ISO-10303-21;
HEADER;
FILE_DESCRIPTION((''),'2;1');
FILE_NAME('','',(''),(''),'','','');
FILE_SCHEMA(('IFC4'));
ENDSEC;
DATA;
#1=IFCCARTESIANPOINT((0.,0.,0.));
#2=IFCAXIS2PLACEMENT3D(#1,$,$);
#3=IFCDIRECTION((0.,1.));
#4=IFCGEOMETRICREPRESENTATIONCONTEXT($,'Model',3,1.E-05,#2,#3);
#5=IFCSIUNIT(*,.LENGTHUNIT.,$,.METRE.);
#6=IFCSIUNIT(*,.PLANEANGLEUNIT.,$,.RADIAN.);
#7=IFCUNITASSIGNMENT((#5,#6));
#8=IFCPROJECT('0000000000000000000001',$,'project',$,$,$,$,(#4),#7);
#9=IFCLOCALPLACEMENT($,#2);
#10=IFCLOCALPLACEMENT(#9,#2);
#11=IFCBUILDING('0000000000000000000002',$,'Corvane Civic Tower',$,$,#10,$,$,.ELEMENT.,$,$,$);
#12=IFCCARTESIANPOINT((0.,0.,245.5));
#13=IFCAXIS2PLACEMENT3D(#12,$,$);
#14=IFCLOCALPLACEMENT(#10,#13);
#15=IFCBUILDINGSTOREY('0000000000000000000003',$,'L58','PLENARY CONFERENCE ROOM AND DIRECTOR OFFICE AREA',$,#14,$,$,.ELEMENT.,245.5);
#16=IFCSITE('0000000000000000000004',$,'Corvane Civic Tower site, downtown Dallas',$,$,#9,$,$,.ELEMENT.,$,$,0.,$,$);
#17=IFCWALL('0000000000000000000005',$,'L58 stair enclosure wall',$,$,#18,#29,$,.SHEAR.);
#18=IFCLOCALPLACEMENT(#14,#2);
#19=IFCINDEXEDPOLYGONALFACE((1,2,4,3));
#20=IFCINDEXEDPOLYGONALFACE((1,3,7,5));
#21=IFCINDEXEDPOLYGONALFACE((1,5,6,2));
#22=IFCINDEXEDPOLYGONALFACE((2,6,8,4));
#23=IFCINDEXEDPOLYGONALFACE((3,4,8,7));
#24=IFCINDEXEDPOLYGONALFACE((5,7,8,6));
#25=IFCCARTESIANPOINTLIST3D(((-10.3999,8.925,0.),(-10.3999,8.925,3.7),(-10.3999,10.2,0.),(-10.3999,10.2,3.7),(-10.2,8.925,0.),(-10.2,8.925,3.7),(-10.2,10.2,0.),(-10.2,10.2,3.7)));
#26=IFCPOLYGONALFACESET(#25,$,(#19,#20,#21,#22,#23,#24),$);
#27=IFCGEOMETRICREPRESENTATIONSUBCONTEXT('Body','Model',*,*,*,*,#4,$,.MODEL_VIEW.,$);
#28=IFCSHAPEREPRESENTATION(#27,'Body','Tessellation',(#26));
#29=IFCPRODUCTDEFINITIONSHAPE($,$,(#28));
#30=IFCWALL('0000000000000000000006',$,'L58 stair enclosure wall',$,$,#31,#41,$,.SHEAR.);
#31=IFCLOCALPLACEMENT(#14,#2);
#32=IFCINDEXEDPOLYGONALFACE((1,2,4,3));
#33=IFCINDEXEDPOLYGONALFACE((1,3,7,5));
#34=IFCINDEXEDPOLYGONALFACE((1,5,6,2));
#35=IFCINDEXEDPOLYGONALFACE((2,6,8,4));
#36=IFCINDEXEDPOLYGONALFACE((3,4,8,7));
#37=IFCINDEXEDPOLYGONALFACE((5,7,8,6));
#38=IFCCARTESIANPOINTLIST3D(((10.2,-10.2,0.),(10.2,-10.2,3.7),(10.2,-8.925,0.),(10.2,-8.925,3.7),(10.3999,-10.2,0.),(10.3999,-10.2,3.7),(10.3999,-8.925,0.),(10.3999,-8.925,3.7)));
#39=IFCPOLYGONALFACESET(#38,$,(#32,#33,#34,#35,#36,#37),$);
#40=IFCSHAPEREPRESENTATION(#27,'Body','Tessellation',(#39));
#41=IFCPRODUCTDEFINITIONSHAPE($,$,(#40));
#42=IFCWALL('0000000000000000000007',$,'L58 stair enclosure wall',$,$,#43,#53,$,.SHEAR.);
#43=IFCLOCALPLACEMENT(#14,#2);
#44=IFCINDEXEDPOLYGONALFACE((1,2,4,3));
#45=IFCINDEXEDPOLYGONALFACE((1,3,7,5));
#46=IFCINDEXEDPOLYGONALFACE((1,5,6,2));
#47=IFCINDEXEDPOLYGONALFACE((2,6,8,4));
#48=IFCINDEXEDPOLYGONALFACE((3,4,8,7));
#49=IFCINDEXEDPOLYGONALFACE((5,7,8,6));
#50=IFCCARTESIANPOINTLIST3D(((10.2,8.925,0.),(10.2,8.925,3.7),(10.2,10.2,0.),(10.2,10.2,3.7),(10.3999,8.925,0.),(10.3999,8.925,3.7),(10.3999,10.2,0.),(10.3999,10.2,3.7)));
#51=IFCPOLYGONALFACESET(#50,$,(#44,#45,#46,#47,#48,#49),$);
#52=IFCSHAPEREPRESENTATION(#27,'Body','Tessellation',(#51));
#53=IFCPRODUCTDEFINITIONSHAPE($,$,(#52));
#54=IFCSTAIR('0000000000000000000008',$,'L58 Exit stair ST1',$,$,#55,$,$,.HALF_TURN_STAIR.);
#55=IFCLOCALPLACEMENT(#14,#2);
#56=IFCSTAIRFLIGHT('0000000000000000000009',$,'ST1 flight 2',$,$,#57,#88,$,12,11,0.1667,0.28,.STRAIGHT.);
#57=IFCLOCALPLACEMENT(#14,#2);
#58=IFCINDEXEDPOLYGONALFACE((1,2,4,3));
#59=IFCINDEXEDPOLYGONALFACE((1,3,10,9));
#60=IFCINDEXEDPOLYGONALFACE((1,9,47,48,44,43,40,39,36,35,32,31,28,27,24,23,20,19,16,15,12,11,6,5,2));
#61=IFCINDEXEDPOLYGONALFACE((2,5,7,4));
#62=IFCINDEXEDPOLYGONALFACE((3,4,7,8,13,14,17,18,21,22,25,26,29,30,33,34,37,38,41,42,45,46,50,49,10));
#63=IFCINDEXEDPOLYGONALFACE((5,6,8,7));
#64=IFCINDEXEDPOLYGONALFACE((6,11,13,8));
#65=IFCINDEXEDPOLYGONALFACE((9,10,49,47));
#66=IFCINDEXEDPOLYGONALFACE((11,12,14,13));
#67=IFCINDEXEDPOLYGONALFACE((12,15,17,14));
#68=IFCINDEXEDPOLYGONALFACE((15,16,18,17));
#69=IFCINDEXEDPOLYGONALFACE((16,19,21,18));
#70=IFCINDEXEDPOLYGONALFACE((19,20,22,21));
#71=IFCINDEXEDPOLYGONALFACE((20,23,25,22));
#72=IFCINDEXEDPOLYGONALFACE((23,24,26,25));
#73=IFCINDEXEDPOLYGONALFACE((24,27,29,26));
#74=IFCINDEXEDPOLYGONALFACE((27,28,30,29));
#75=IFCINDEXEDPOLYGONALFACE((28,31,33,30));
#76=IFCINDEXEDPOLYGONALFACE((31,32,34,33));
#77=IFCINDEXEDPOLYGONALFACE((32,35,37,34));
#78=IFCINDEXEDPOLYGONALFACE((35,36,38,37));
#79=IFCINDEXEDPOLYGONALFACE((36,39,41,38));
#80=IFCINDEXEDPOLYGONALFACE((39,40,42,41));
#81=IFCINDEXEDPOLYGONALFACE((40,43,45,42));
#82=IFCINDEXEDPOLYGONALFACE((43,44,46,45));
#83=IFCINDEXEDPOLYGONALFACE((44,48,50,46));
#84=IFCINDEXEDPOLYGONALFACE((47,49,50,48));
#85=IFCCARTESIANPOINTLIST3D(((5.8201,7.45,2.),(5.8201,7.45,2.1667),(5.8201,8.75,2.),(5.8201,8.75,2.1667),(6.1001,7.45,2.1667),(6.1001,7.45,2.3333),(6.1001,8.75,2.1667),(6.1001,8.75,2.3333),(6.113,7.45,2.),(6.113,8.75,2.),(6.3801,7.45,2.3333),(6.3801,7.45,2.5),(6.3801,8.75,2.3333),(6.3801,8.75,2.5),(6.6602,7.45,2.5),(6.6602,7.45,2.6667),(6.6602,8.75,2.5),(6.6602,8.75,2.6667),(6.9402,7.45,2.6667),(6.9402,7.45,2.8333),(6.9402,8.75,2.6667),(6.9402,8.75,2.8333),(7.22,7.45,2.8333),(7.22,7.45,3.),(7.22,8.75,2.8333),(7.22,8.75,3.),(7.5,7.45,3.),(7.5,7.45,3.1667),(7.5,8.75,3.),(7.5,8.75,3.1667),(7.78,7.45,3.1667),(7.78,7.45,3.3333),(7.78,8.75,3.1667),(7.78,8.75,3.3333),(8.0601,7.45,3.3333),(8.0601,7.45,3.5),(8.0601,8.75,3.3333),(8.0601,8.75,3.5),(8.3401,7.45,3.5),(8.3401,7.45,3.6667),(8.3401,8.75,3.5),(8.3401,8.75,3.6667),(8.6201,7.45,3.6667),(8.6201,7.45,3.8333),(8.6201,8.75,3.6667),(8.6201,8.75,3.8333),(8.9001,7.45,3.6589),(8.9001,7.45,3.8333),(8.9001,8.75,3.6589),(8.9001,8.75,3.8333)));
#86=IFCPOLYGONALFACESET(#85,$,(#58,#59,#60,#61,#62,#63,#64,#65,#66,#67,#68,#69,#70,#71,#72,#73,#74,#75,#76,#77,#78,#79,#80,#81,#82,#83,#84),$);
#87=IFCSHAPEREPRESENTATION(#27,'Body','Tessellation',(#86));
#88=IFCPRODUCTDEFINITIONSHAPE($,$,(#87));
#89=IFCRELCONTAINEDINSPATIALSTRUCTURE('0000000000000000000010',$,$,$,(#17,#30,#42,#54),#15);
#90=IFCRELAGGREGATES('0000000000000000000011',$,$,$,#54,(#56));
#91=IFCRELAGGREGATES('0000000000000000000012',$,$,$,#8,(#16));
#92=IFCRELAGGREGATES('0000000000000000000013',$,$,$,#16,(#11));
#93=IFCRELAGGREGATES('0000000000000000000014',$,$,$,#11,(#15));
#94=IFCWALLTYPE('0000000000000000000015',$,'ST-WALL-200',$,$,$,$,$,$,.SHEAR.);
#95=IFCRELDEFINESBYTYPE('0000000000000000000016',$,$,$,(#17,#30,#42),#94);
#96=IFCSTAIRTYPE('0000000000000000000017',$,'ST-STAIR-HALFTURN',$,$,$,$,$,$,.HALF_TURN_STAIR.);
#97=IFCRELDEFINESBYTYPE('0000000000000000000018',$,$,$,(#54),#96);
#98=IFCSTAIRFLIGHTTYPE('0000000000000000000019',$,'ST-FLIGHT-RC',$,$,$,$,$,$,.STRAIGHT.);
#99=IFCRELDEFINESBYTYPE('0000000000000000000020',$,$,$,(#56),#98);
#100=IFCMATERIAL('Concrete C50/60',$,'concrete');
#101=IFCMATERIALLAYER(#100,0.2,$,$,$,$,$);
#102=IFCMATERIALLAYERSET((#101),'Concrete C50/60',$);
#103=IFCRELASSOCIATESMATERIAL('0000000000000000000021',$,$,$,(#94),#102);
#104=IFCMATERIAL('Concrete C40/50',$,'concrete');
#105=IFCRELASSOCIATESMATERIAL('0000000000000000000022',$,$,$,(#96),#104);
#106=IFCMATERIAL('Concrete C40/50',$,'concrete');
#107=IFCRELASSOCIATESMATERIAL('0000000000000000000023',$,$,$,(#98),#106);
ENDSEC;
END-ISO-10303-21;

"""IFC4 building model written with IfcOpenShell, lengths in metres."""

from ifc_helpers import new_model, si_unit, direction, frame, origin, place, context, subcontext, project, spatial, polyline, outline, extrude, material, layer, layer_set, type_object, element, aggregate, save


model = new_model("IFC4")

# Units and contexts
model_context = context("Model", 3, precision=1e-05, world=origin(), true_north=direction((0.0, 1.0)))
body_context = subcontext(model_context, "Body", "Model", "MODEL_VIEW")
ifc_project = project(units=[si_unit("LENGTHUNIT", "METRE"), si_unit("PLANEANGLEUNIT", "RADIAN")], contexts=[model_context])

# Site, building, storey
site_placement = place(None, origin())
site = spatial("IfcSite", under=ifc_project, at=site_placement, Name="Corvane Civic Tower site, downtown Dallas", CompositionType="ELEMENT", RefElevation=0.0)
building_placement = place(site_placement, origin())
building = spatial("IfcBuilding", under=site, at=building_placement, Name="Corvane Civic Tower", CompositionType="ELEMENT")
storey_placement = place(building_placement, frame((0.0, 0.0, 245.5)))
storey = spatial("IfcBuildingStorey", under=building, at=storey_placement, Name="L58", Description="PLENARY CONFERENCE ROOM AND DIRECTOR OFFICE AREA", CompositionType="ELEMENT", Elevation=245.5)

# Shared definitions
ifc_material_1 = material(Name="Concrete C50/60", Category="concrete")
ifc_layer_1 = layer(ifc_material_1, 0.2)
ifc_layer_set_1 = layer_set([ifc_layer_1], Name="Concrete C50/60")
wall_type_1 = type_object("IfcWallType", Name="ST-WALL-200", PredefinedType="SHEAR", material=ifc_layer_set_1)

# Walls
wall_1_placement = place(storey_placement, origin())
element("IfcWall", 1, at=wall_1_placement, inside=storey, type_object=wall_type_1, Name="L58 stair enclosure wall", PredefinedType="SHEAR", context=body_context, shape_type="SweptSolid", body=[
    extrude(outline(polyline([(-10.2, 8.925), (-10.3999, 8.925), (-10.3999, 10.2), (-10.2, 10.2), (-10.2, 8.925)])), origin(), (0.0, 0.0, 1.0), 3.7),
])
wall_2_placement = place(storey_placement, origin())
element("IfcWall", 2, at=wall_2_placement, inside=storey, type_object=wall_type_1, Name="L58 stair enclosure wall", PredefinedType="SHEAR", context=body_context, shape_type="SweptSolid", body=[
    extrude(outline(polyline([(10.3999, -8.925), (10.3999, -10.2), (10.2, -10.2), (10.2, -8.925), (10.3999, -8.925)])), origin(), (0.0, 0.0, 1.0), 3.7),
])
wall_3_placement = place(storey_placement, origin())
element("IfcWall", 3, at=wall_3_placement, inside=storey, type_object=wall_type_1, Name="L58 stair enclosure wall", PredefinedType="SHEAR", context=body_context, shape_type="SweptSolid", body=[
    extrude(outline(polyline([(10.3999, 8.925), (10.2, 8.925), (10.2, 10.2), (10.3999, 10.2), (10.3999, 8.925)])), origin(), (0.0, 0.0, 1.0), 3.7),
])

# Stair, stair flight
ifc_material_2 = material(Name="Concrete C40/50", Category="concrete")
stair_type = type_object("IfcStairType", Name="ST-STAIR-HALFTURN", PredefinedType="HALF_TURN_STAIR", material=ifc_material_2)
stair_placement = place(storey_placement, origin())
stair = element("IfcStair", 4, at=stair_placement, inside=storey, type_object=stair_type, Name="L58 Exit stair ST1", PredefinedType="HALF_TURN_STAIR")
ifc_material_3 = material(Name="Concrete C40/50", Category="concrete")
stair_flight_type = type_object("IfcStairFlightType", Name="ST-FLIGHT-RC", PredefinedType="STRAIGHT", material=ifc_material_3)
stair_flight_placement = place(storey_placement, frame((5.8201, 8.1001, 2.0), z_axis=(0.0, 0.0, 1.0), x_axis=(1.0, 0.0, 0.0)))
stair_flight = element("IfcStairFlight", 5, at=stair_flight_placement, type_object=stair_flight_type, Name="ST1 flight 2", NumberOfRisers=12, NumberOfTreads=11, PredefinedType="STRAIGHT", RiserHeight=0.1667, TreadLength=0.28, context=body_context, shape_type="SweptSolid", body=[
    extrude(outline(polyline([(0.0, 0.0), (0.0, 0.1667), (0.28, 0.1667), (0.28, 0.3333), (0.5601, 0.3333), (0.5601, 0.5), (0.8401, 0.5), (0.8401, 0.6667), (1.1201, 0.6667), (1.1201, 0.8333), (1.3999, 0.8333), (1.3999, 1.0), (1.6799, 1.0), (1.6799, 1.1667), (1.96, 1.1667), (1.96, 1.3333), (2.24, 1.3333), (2.24, 1.5), (2.52, 1.5), (2.52, 1.6667), (2.8, 1.6667), (2.8, 1.8333), (3.0801, 1.8333), (3.0801, 2.0), (3.0801, 1.6589), (0.293, 0.0), (0.0, 0.0)])), frame((0.0, 0.6499, 0.0), z_axis=(0.0, -1.0, 0.0), x_axis=(1.0, 0.0, 0.0)), (0.0, 0.0, 1.0), 1.3),
])
aggregate(stair, [stair_flight])

save(model, "model.ifc")
